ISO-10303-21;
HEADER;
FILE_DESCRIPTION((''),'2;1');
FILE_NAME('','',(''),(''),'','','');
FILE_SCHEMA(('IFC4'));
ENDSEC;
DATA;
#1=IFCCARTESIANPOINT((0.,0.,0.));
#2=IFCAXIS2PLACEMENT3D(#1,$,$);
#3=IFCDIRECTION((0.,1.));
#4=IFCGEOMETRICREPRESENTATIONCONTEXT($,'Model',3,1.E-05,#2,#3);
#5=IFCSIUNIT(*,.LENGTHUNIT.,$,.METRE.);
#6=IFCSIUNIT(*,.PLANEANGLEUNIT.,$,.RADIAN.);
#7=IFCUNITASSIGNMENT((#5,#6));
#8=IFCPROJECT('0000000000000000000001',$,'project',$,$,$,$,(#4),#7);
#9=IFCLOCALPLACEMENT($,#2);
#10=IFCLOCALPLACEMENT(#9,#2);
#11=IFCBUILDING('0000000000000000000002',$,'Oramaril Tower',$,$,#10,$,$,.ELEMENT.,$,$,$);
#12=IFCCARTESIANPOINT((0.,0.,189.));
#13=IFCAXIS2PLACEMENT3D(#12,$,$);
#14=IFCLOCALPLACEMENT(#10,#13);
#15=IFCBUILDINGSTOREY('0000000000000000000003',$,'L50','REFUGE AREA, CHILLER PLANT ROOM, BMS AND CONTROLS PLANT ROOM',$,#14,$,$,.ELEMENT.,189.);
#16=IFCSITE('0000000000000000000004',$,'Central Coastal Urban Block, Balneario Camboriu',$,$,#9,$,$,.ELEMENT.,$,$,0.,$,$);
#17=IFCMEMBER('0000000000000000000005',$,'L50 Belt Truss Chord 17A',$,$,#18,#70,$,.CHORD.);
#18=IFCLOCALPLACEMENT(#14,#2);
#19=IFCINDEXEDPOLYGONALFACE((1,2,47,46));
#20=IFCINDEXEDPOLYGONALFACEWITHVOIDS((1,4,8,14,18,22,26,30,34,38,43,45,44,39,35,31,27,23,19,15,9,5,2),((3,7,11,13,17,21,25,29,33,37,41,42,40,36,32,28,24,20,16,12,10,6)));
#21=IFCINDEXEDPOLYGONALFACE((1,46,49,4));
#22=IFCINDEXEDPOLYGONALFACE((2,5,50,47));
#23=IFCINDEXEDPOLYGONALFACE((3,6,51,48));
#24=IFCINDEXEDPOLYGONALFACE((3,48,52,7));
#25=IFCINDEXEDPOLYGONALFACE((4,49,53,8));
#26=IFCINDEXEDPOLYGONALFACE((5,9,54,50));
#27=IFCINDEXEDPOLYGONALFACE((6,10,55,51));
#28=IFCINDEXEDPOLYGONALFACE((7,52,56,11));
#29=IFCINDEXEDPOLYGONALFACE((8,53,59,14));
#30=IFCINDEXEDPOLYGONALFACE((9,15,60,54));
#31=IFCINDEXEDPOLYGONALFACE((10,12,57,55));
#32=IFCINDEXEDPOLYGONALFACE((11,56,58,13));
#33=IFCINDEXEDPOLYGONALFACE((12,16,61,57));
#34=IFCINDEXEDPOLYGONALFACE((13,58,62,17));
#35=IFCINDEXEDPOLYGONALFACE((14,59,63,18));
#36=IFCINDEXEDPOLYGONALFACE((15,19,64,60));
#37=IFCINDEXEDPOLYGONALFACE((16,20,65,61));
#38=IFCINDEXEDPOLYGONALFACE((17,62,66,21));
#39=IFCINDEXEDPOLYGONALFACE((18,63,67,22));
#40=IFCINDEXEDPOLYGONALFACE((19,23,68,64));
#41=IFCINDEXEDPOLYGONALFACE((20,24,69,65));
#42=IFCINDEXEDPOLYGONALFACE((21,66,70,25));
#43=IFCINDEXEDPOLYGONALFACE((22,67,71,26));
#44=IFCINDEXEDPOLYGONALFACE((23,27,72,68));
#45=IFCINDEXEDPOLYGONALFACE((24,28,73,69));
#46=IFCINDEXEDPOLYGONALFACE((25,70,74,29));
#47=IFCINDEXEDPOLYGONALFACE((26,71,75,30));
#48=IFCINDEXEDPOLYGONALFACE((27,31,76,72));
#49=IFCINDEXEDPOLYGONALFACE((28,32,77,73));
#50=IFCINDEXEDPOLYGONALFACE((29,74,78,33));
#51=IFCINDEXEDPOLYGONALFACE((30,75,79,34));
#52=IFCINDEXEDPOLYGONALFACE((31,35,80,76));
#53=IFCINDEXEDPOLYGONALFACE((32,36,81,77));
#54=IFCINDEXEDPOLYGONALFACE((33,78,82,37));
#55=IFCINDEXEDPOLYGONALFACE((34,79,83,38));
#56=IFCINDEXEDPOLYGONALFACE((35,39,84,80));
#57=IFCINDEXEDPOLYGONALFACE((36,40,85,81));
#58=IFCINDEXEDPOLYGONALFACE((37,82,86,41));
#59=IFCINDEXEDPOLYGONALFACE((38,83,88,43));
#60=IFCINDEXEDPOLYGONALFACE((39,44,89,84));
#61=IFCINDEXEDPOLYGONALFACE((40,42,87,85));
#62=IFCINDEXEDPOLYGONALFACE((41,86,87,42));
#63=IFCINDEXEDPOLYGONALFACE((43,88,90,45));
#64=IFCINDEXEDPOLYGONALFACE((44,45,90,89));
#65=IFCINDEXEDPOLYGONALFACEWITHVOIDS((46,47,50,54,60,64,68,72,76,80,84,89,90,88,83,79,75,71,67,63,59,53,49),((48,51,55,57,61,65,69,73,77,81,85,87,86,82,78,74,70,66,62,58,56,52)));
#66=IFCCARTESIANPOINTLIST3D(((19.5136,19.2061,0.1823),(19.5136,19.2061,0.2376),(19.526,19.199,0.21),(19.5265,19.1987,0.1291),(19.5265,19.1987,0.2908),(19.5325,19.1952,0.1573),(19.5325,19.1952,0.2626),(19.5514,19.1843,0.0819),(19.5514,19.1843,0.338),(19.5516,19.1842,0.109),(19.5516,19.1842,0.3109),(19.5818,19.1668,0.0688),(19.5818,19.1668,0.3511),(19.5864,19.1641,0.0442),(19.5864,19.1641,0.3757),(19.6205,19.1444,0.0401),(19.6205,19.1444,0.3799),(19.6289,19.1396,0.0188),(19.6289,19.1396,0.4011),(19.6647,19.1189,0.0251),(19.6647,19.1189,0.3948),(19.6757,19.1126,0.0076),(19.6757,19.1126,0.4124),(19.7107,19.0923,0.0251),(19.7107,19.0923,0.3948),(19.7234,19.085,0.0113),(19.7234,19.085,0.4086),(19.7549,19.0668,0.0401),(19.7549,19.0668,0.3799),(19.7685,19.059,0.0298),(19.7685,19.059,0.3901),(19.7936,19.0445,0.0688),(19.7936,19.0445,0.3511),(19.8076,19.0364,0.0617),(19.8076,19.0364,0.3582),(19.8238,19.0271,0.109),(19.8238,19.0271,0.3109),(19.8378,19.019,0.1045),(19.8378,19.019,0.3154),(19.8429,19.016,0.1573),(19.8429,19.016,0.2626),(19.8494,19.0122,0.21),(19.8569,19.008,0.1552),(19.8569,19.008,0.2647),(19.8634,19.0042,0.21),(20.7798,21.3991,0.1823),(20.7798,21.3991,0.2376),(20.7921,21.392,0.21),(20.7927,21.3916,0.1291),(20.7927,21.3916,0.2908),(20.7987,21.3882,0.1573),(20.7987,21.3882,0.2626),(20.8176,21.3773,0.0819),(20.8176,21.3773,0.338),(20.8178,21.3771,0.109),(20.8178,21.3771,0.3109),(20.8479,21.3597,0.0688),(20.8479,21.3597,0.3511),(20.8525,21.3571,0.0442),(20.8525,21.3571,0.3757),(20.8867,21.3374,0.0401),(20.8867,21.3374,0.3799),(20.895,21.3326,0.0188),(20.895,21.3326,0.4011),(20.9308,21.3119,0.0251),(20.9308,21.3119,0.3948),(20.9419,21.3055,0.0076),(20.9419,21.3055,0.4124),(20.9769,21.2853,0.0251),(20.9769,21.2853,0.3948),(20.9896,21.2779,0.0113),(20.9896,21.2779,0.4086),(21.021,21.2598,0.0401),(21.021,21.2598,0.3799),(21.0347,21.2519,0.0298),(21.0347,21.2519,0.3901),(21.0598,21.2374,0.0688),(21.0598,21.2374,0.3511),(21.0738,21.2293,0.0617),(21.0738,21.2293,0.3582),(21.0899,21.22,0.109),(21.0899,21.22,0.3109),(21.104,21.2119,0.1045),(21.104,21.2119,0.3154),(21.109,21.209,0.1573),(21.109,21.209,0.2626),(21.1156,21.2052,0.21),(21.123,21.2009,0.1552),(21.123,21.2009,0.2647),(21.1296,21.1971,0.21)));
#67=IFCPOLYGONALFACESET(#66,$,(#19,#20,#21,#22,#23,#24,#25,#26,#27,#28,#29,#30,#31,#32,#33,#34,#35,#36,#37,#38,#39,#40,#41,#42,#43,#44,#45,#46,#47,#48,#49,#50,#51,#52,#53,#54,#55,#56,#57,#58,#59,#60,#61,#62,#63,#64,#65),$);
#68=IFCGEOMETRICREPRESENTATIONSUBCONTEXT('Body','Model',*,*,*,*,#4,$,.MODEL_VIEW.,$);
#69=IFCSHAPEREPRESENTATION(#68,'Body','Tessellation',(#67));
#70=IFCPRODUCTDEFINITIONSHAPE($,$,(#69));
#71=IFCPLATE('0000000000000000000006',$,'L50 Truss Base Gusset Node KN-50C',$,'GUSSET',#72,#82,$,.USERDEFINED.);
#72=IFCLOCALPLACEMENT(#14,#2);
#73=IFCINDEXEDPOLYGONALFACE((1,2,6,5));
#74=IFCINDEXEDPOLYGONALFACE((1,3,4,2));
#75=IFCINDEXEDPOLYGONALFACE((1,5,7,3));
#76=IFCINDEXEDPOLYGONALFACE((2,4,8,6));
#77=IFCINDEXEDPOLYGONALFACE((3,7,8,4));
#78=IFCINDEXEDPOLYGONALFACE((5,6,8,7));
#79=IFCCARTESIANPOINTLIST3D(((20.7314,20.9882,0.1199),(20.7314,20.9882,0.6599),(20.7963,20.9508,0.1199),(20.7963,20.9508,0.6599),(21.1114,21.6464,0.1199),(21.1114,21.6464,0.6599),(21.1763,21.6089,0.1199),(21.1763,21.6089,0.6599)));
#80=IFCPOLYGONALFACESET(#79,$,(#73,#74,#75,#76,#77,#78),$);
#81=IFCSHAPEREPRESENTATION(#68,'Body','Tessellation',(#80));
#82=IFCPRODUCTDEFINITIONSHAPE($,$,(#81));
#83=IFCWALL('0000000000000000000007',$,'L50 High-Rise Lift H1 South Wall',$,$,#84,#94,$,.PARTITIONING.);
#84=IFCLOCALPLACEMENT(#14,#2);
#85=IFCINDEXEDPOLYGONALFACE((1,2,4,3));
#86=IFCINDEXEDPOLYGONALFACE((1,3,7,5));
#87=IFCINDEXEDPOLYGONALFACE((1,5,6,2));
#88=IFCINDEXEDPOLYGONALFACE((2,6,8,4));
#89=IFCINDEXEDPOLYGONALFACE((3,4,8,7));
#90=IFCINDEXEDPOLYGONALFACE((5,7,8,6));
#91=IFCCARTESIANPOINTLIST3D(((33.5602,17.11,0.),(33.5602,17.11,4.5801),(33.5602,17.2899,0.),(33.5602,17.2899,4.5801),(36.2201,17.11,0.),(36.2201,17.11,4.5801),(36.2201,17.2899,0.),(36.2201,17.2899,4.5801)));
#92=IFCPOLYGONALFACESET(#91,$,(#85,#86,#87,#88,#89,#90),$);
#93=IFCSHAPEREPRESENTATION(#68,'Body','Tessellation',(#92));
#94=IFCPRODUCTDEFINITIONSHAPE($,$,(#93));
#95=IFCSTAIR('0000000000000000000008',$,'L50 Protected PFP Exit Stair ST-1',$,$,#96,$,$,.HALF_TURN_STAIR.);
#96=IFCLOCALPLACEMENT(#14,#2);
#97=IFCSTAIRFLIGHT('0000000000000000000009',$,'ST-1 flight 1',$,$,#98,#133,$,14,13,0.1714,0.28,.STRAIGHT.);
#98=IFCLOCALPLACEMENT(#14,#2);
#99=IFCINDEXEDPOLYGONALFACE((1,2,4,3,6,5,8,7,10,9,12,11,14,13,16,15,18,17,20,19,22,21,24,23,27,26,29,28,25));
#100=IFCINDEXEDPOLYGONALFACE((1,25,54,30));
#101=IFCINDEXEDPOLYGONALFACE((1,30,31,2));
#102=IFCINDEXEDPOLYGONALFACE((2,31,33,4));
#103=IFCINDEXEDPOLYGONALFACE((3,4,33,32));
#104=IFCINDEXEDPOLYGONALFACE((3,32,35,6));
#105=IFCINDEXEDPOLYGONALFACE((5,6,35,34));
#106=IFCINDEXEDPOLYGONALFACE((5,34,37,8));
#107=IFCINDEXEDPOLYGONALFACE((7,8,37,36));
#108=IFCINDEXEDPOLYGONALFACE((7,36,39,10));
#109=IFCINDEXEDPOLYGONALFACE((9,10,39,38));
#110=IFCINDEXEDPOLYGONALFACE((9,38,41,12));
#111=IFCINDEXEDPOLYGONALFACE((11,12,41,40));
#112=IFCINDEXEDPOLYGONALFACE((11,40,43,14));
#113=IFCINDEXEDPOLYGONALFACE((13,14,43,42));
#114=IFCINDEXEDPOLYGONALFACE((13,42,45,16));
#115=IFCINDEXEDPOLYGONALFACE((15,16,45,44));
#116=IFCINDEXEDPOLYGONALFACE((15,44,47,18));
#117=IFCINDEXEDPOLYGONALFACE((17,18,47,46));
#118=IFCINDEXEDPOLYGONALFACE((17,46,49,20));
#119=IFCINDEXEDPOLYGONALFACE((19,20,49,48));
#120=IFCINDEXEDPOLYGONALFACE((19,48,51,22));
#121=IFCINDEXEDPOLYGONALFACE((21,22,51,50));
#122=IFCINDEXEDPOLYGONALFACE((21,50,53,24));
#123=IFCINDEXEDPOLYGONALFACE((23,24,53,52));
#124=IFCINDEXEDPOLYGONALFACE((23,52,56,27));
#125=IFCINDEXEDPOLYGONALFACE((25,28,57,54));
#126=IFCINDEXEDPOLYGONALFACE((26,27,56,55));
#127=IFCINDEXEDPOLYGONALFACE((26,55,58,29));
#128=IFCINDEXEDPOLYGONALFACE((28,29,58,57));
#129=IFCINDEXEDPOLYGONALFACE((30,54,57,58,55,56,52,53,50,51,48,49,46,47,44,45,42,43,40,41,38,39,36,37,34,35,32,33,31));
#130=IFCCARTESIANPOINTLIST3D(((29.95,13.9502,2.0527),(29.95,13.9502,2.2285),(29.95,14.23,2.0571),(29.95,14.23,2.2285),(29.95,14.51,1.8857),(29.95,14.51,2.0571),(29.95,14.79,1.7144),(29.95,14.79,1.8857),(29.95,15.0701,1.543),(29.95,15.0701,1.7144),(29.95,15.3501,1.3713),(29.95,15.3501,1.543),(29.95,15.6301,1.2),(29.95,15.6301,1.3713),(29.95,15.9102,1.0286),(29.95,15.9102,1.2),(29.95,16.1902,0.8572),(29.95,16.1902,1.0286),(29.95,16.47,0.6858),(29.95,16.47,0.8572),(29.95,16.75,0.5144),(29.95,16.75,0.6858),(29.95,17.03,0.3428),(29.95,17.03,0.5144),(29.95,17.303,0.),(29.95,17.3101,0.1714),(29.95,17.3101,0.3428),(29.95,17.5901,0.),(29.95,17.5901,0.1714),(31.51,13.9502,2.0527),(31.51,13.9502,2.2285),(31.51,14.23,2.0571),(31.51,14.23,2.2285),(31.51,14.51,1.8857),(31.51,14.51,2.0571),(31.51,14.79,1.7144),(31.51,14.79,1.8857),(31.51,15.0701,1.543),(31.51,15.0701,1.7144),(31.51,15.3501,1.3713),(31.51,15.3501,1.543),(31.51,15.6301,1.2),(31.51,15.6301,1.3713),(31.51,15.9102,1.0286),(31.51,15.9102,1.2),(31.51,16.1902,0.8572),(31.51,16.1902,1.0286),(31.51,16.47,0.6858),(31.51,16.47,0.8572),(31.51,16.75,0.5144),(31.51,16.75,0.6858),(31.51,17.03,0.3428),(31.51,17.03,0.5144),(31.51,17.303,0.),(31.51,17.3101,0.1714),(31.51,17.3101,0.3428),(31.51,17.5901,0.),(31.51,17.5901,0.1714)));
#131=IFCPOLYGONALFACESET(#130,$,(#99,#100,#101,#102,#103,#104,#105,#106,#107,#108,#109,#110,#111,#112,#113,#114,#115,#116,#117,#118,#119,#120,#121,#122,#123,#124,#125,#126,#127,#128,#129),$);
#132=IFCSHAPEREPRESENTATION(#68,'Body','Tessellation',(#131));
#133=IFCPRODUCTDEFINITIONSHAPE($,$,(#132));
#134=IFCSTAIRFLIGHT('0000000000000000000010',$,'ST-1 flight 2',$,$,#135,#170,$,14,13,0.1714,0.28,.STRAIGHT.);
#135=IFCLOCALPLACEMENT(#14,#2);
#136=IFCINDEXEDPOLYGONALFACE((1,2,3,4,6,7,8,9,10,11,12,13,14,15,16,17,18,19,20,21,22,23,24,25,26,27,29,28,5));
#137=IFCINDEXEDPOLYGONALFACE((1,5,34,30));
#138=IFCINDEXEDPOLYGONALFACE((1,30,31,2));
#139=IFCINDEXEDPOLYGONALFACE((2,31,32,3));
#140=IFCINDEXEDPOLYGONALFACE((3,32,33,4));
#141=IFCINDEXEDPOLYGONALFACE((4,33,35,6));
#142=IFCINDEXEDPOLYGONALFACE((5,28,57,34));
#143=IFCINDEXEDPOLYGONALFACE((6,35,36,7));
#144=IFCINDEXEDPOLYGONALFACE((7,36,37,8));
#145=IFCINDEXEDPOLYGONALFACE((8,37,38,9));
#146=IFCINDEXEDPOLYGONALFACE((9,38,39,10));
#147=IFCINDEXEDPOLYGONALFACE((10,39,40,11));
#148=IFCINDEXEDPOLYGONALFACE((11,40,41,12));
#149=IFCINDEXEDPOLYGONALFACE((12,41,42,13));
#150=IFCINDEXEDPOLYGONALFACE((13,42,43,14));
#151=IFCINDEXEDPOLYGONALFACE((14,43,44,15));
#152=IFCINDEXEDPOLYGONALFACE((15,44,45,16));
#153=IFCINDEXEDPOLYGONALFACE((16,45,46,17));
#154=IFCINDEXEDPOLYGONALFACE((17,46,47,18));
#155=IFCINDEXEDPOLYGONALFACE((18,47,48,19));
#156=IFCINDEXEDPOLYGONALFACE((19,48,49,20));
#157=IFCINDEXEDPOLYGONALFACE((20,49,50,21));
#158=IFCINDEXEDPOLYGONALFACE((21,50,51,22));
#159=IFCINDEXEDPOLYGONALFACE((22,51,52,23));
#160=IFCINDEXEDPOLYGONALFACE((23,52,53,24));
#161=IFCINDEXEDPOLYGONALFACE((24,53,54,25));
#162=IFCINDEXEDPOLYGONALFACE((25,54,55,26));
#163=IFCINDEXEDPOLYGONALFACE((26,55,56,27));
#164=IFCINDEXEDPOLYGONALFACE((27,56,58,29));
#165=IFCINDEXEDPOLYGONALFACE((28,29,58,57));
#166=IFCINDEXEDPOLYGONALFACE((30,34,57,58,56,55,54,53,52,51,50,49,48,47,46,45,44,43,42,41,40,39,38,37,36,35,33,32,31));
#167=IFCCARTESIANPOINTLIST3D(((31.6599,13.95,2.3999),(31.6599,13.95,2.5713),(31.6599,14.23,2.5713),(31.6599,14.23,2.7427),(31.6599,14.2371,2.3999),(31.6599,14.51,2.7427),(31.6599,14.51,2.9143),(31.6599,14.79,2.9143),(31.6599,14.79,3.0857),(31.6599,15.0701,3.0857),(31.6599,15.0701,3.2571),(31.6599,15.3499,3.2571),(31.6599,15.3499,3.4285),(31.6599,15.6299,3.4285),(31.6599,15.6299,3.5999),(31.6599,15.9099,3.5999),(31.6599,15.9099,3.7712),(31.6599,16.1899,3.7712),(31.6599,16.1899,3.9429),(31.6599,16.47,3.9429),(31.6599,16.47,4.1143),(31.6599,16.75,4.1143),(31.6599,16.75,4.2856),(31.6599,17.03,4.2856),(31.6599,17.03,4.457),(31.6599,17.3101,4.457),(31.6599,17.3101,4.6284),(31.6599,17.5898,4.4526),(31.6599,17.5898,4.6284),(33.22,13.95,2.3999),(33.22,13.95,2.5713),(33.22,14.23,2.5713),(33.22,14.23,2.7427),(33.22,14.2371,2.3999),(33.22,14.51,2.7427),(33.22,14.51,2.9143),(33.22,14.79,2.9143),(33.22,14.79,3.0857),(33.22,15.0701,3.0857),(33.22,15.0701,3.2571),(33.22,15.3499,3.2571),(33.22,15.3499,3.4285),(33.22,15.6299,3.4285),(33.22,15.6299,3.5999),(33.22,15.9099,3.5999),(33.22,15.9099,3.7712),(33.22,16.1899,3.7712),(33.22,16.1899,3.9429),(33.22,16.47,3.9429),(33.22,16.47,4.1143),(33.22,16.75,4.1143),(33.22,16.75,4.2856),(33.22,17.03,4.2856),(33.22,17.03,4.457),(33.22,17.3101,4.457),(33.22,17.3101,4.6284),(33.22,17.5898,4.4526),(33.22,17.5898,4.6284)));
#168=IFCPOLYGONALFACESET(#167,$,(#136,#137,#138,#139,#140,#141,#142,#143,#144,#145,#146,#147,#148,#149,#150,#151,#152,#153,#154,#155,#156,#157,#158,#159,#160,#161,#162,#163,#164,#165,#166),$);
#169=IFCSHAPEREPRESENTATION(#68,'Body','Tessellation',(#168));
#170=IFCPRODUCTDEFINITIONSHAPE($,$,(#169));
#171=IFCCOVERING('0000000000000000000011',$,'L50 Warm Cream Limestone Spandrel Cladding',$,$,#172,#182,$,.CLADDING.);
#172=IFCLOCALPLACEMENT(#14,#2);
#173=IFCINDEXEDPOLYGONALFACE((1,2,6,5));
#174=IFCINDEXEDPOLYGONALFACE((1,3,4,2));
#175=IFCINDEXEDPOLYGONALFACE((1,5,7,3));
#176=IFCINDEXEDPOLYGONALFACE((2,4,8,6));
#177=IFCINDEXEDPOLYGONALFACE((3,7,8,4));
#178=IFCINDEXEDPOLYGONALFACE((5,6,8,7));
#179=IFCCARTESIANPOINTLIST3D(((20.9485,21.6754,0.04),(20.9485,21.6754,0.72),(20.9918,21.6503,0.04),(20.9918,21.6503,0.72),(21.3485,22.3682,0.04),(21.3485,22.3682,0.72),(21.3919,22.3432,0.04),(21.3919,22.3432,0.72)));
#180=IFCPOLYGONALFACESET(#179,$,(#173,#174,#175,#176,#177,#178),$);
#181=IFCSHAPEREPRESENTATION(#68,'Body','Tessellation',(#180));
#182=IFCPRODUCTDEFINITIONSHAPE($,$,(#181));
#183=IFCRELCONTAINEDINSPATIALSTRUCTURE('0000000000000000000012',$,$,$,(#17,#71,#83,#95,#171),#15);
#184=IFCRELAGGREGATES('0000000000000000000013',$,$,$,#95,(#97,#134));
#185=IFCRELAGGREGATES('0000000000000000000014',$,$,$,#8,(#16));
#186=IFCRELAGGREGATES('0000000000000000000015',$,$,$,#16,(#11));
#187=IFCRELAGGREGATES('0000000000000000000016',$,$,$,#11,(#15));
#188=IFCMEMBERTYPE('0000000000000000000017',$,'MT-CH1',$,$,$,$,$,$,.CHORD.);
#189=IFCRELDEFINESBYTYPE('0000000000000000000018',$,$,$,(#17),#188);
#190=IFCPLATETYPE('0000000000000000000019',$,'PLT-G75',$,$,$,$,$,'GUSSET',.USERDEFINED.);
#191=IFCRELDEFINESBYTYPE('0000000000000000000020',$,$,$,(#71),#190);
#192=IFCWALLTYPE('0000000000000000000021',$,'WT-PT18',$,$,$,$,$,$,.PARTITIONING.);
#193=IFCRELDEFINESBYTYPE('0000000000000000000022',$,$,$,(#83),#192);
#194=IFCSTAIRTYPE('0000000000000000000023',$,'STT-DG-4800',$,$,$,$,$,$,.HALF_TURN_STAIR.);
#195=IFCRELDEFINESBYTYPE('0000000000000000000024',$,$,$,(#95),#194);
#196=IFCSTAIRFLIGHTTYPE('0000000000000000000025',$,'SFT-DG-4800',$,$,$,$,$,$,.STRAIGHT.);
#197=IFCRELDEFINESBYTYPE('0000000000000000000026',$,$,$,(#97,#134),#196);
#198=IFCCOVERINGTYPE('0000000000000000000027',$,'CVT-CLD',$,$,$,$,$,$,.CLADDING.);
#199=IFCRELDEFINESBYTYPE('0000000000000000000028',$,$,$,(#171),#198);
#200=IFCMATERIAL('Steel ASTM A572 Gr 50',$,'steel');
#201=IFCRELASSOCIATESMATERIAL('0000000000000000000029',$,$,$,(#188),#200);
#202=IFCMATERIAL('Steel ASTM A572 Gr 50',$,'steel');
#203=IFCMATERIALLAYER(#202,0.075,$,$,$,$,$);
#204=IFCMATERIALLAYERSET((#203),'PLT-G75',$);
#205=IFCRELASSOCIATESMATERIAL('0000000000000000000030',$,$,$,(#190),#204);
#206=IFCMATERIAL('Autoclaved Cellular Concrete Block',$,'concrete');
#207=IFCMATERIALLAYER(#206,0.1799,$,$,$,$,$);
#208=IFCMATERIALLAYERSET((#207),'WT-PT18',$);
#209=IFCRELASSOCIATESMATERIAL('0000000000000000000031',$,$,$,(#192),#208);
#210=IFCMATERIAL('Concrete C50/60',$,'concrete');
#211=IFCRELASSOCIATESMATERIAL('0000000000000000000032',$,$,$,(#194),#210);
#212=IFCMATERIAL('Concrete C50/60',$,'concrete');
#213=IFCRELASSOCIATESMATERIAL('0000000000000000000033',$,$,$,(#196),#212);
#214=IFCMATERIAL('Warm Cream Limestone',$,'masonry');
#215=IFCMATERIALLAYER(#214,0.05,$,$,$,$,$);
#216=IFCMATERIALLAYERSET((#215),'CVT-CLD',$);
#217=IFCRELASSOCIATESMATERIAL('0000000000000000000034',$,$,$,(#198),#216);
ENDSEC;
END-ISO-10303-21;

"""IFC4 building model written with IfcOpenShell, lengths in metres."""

from ifc_helpers import new_model, si_unit, direction, frame, frame_2d, origin, origin_2d, place, context, subcontext, project, spatial, polyline, rectangle, hollow_circle, outline, extrude, material, layer, layer_set, material_profile, profile_set, type_object, element, aggregate, save


model = new_model("IFC4")

# Units and contexts
model_context = context("Model", 3, precision=1e-05, world=origin(), true_north=direction((0.0, 1.0)))
body_context = subcontext(model_context, "Body", "Model", "MODEL_VIEW")
ifc_project = project(units=[si_unit("LENGTHUNIT", "METRE"), si_unit("PLANEANGLEUNIT", "RADIAN")], contexts=[model_context])

# Site, building, storey
site_placement = place(None, origin())
site = spatial("IfcSite", under=ifc_project, at=site_placement, Name="Central Coastal Urban Block, Balneario Camboriu", CompositionType="ELEMENT", RefElevation=0.0)
building_placement = place(site_placement, origin())
building = spatial("IfcBuilding", under=site, at=building_placement, Name="Oramaril Tower", CompositionType="ELEMENT")
storey_placement = place(building_placement, frame((0.0, 0.0, 189.0)))
storey = spatial("IfcBuildingStorey", under=building, at=storey_placement, Name="L50", Description="REFUGE AREA, CHILLER PLANT ROOM, BMS AND CONTROLS PLANT ROOM", CompositionType="ELEMENT", Elevation=189.0)

# Member
ifc_material_1 = material(Name="Steel ASTM A572 Gr 50", Category="steel")
ifc_material_profile_1 = material_profile(ifc_material_1, hollow_circle(Radius=0.2029, WallThickness=0.0161, at=origin_2d()), Name="CHS406X16")
ifc_profile_set_1 = profile_set([ifc_material_profile_1], Name="Steel ASTM A572 Gr 50")
member_type_1 = type_object("IfcMemberType", Name="MT-CH1", PredefinedType="CHORD", material=ifc_profile_set_1)
member_1_placement = place(storey_placement, frame((20.9539, 21.2986, 0.21), z_axis=(-0.500017, -0.866015, 0.0), x_axis=(0.866015, -0.500017, 0.0)))
element("IfcMember", 1, at=member_1_placement, inside=storey, type_object=member_type_1, Name="L50 Belt Truss Chord 17A", PredefinedType="CHORD", context=body_context, shape_type="SweptSolid", body=[
    extrude(hollow_circle(Radius=0.2029, WallThickness=0.0161, at=origin_2d()), origin(), (0.0, 0.0, 1.0), 2.5322),
])

# Plate
ifc_material_2 = material(Name="Steel ASTM A572 Gr 50", Category="steel")
ifc_layer_1 = layer(ifc_material_2, 0.075)
ifc_layer_set_1 = layer_set([ifc_layer_1], Name="PLT-G75")
plate_type = type_object("IfcPlateType", Name="PLT-G75", ElementType="GUSSET", PredefinedType="USERDEFINED", material=ifc_layer_set_1)
plate_placement = place(storey_placement, frame((20.9539, 21.2986, 0.1199), z_axis=(0.0, 0.0, 1.0), x_axis=(-0.500008, -0.866021, 0.0)))
element("IfcPlate", 2, at=plate_placement, inside=storey, type_object=plate_type, Name="L50 Truss Base Gusset Node KN-50C", ObjectType="GUSSET", PredefinedType="USERDEFINED", context=body_context, shape_type="SweptSolid", body=[
    extrude(rectangle(XDim=0.76, YDim=0.075, at=origin_2d()), origin(), (0.0, 0.0, 1.0), 0.54),
])

# Wall
ifc_material_3 = material(Name="Autoclaved Cellular Concrete Block", Category="concrete")
ifc_layer_2 = layer(ifc_material_3, 0.1799)
ifc_layer_set_2 = layer_set([ifc_layer_2], Name="WT-PT18")
wall_type_1 = type_object("IfcWallType", Name="WT-PT18", PredefinedType="PARTITIONING", material=ifc_layer_set_2)
wall_1_placement = place(storey_placement, frame((33.5601, 17.2, 0.0), z_axis=(0.0, 0.0, 1.0), x_axis=(1.0, 0.0, 0.0)))
element("IfcWall", 3, at=wall_1_placement, inside=storey, type_object=wall_type_1, Name="L50 High-Rise Lift H1 South Wall", PredefinedType="PARTITIONING", context=body_context, shape_type="SweptSolid", body=[
    extrude(rectangle(XDim=2.6599, YDim=0.1799, at=frame_2d((1.3301, 0.0))), origin(), (0.0, 0.0, 1.0), 4.5801),
])

# Stair, stair flights
ifc_material_4 = material(Name="Concrete C50/60", Category="concrete")
stair_type = type_object("IfcStairType", Name="STT-DG-4800", PredefinedType="HALF_TURN_STAIR", material=ifc_material_4)
stair_placement = place(storey_placement, origin())
stair = element("IfcStair", 4, at=stair_placement, inside=storey, type_object=stair_type, Name="L50 Protected PFP Exit Stair ST-1", PredefinedType="HALF_TURN_STAIR")
ifc_material_5 = material(Name="Concrete C50/60", Category="concrete")
stair_flight_type = type_object("IfcStairFlightType", Name="SFT-DG-4800", PredefinedType="STRAIGHT", material=ifc_material_5)
stair_flight_1_placement = place(storey_placement, frame((30.73, 17.5901, 0.0), z_axis=(0.0, 0.0, 1.0), x_axis=(0.0, -1.0, 0.0)))
stair_flight_1 = element("IfcStairFlight", 5, at=stair_flight_1_placement, type_object=stair_flight_type, Name="ST-1 flight 1", NumberOfRisers=14, NumberOfTreads=13, PredefinedType="STRAIGHT", RiserHeight=0.1714, TreadLength=0.28, context=body_context, shape_type="SweptSolid", body=[
    extrude(outline(polyline([(0.0, 0.0), (0.0, 0.1714), (0.28, 0.1714), (0.28, 0.3428), (0.5601, 0.3428), (0.5601, 0.5144), (0.8401, 0.5144), (0.8401, 0.6858), (1.1201, 0.6858), (1.1201, 0.8572), (1.3999, 0.8572), (1.3999, 1.0286), (1.6799, 1.0286), (1.6799, 1.2), (1.96, 1.2), (1.96, 1.3713), (2.24, 1.3713), (2.24, 1.543), (2.52, 1.543), (2.52, 1.7144), (2.8, 1.7144), (2.8, 1.8857), (3.0801, 1.8857), (3.0801, 2.0571), (3.3601, 2.0571), (3.3601, 2.2285), (3.6399, 2.2285), (3.6399, 2.3999), (3.6399, 2.0527), (0.2871, 0.0), (0.0, 0.0)])), frame((0.0, 0.78, 0.0), z_axis=(0.0, -1.0, 0.0), x_axis=(1.0, 0.0, 0.0)), (0.0, 0.0, 1.0), 1.5601),
])
stair_flight_2_placement = place(storey_placement, frame((32.4399, 13.95, 2.3999), z_axis=(0.0, 0.0, 1.0), x_axis=(0.0, 1.0, 0.0)))
stair_flight_2 = element("IfcStairFlight", 6, at=stair_flight_2_placement, type_object=stair_flight_type, Name="ST-1 flight 2", NumberOfRisers=14, NumberOfTreads=13, PredefinedType="STRAIGHT", RiserHeight=0.1714, TreadLength=0.28, context=body_context, shape_type="SweptSolid", body=[
    extrude(outline(polyline([(0.0, 0.0), (0.0, 0.1714), (0.28, 0.1714), (0.28, 0.3428), (0.5601, 0.3428), (0.5601, 0.5144), (0.8401, 0.5144), (0.8401, 0.6858), (1.1201, 0.6858), (1.1201, 0.8572), (1.3999, 0.8572), (1.3999, 1.0286), (1.6799, 1.0286), (1.6799, 1.2), (1.96, 1.2), (1.96, 1.3713), (2.24, 1.3713), (2.24, 1.543), (2.52, 1.543), (2.52, 1.7144), (2.8, 1.7144), (2.8, 1.8857), (3.0801, 1.8857), (3.0801, 2.0571), (3.3601, 2.0571), (3.3601, 2.2285), (3.6399, 2.2285), (3.6399, 2.3999), (3.6399, 2.0527), (0.2871, 0.0), (0.0, 0.0)])), frame((0.0, 0.78, 0.0), z_axis=(0.0, -1.0, 0.0), x_axis=(1.0, 0.0, 0.0)), (0.0, 0.0, 1.0), 1.5601),
])
aggregate(stair, [stair_flight_1, stair_flight_2])

# Covering
ifc_material_6 = material(Name="Warm Cream Limestone", Category="masonry")
ifc_layer_3 = layer(ifc_material_6, 0.05)
ifc_layer_set_3 = layer_set([ifc_layer_3], Name="CVT-CLD")
covering_type = type_object("IfcCoveringType", Name="CVT-CLD", PredefinedType="CLADDING", material=ifc_layer_set_3)
covering_placement = place(storey_placement, frame((21.1702, 22.0093, 0.04), z_axis=(0.0, 0.0, 1.0), x_axis=(-0.5, -0.866025, 0.0)))
element("IfcCovering", 7, at=covering_placement, inside=storey, type_object=covering_type, Name="L50 Warm Cream Limestone Spandrel Cladding", PredefinedType="CLADDING", context=body_context, shape_type="SweptSolid", body=[
    extrude(rectangle(XDim=0.8, YDim=0.05, at=origin_2d()), origin(), (0.0, 0.0, 1.0), 0.6799),
])

save(model, "model.ifc")
